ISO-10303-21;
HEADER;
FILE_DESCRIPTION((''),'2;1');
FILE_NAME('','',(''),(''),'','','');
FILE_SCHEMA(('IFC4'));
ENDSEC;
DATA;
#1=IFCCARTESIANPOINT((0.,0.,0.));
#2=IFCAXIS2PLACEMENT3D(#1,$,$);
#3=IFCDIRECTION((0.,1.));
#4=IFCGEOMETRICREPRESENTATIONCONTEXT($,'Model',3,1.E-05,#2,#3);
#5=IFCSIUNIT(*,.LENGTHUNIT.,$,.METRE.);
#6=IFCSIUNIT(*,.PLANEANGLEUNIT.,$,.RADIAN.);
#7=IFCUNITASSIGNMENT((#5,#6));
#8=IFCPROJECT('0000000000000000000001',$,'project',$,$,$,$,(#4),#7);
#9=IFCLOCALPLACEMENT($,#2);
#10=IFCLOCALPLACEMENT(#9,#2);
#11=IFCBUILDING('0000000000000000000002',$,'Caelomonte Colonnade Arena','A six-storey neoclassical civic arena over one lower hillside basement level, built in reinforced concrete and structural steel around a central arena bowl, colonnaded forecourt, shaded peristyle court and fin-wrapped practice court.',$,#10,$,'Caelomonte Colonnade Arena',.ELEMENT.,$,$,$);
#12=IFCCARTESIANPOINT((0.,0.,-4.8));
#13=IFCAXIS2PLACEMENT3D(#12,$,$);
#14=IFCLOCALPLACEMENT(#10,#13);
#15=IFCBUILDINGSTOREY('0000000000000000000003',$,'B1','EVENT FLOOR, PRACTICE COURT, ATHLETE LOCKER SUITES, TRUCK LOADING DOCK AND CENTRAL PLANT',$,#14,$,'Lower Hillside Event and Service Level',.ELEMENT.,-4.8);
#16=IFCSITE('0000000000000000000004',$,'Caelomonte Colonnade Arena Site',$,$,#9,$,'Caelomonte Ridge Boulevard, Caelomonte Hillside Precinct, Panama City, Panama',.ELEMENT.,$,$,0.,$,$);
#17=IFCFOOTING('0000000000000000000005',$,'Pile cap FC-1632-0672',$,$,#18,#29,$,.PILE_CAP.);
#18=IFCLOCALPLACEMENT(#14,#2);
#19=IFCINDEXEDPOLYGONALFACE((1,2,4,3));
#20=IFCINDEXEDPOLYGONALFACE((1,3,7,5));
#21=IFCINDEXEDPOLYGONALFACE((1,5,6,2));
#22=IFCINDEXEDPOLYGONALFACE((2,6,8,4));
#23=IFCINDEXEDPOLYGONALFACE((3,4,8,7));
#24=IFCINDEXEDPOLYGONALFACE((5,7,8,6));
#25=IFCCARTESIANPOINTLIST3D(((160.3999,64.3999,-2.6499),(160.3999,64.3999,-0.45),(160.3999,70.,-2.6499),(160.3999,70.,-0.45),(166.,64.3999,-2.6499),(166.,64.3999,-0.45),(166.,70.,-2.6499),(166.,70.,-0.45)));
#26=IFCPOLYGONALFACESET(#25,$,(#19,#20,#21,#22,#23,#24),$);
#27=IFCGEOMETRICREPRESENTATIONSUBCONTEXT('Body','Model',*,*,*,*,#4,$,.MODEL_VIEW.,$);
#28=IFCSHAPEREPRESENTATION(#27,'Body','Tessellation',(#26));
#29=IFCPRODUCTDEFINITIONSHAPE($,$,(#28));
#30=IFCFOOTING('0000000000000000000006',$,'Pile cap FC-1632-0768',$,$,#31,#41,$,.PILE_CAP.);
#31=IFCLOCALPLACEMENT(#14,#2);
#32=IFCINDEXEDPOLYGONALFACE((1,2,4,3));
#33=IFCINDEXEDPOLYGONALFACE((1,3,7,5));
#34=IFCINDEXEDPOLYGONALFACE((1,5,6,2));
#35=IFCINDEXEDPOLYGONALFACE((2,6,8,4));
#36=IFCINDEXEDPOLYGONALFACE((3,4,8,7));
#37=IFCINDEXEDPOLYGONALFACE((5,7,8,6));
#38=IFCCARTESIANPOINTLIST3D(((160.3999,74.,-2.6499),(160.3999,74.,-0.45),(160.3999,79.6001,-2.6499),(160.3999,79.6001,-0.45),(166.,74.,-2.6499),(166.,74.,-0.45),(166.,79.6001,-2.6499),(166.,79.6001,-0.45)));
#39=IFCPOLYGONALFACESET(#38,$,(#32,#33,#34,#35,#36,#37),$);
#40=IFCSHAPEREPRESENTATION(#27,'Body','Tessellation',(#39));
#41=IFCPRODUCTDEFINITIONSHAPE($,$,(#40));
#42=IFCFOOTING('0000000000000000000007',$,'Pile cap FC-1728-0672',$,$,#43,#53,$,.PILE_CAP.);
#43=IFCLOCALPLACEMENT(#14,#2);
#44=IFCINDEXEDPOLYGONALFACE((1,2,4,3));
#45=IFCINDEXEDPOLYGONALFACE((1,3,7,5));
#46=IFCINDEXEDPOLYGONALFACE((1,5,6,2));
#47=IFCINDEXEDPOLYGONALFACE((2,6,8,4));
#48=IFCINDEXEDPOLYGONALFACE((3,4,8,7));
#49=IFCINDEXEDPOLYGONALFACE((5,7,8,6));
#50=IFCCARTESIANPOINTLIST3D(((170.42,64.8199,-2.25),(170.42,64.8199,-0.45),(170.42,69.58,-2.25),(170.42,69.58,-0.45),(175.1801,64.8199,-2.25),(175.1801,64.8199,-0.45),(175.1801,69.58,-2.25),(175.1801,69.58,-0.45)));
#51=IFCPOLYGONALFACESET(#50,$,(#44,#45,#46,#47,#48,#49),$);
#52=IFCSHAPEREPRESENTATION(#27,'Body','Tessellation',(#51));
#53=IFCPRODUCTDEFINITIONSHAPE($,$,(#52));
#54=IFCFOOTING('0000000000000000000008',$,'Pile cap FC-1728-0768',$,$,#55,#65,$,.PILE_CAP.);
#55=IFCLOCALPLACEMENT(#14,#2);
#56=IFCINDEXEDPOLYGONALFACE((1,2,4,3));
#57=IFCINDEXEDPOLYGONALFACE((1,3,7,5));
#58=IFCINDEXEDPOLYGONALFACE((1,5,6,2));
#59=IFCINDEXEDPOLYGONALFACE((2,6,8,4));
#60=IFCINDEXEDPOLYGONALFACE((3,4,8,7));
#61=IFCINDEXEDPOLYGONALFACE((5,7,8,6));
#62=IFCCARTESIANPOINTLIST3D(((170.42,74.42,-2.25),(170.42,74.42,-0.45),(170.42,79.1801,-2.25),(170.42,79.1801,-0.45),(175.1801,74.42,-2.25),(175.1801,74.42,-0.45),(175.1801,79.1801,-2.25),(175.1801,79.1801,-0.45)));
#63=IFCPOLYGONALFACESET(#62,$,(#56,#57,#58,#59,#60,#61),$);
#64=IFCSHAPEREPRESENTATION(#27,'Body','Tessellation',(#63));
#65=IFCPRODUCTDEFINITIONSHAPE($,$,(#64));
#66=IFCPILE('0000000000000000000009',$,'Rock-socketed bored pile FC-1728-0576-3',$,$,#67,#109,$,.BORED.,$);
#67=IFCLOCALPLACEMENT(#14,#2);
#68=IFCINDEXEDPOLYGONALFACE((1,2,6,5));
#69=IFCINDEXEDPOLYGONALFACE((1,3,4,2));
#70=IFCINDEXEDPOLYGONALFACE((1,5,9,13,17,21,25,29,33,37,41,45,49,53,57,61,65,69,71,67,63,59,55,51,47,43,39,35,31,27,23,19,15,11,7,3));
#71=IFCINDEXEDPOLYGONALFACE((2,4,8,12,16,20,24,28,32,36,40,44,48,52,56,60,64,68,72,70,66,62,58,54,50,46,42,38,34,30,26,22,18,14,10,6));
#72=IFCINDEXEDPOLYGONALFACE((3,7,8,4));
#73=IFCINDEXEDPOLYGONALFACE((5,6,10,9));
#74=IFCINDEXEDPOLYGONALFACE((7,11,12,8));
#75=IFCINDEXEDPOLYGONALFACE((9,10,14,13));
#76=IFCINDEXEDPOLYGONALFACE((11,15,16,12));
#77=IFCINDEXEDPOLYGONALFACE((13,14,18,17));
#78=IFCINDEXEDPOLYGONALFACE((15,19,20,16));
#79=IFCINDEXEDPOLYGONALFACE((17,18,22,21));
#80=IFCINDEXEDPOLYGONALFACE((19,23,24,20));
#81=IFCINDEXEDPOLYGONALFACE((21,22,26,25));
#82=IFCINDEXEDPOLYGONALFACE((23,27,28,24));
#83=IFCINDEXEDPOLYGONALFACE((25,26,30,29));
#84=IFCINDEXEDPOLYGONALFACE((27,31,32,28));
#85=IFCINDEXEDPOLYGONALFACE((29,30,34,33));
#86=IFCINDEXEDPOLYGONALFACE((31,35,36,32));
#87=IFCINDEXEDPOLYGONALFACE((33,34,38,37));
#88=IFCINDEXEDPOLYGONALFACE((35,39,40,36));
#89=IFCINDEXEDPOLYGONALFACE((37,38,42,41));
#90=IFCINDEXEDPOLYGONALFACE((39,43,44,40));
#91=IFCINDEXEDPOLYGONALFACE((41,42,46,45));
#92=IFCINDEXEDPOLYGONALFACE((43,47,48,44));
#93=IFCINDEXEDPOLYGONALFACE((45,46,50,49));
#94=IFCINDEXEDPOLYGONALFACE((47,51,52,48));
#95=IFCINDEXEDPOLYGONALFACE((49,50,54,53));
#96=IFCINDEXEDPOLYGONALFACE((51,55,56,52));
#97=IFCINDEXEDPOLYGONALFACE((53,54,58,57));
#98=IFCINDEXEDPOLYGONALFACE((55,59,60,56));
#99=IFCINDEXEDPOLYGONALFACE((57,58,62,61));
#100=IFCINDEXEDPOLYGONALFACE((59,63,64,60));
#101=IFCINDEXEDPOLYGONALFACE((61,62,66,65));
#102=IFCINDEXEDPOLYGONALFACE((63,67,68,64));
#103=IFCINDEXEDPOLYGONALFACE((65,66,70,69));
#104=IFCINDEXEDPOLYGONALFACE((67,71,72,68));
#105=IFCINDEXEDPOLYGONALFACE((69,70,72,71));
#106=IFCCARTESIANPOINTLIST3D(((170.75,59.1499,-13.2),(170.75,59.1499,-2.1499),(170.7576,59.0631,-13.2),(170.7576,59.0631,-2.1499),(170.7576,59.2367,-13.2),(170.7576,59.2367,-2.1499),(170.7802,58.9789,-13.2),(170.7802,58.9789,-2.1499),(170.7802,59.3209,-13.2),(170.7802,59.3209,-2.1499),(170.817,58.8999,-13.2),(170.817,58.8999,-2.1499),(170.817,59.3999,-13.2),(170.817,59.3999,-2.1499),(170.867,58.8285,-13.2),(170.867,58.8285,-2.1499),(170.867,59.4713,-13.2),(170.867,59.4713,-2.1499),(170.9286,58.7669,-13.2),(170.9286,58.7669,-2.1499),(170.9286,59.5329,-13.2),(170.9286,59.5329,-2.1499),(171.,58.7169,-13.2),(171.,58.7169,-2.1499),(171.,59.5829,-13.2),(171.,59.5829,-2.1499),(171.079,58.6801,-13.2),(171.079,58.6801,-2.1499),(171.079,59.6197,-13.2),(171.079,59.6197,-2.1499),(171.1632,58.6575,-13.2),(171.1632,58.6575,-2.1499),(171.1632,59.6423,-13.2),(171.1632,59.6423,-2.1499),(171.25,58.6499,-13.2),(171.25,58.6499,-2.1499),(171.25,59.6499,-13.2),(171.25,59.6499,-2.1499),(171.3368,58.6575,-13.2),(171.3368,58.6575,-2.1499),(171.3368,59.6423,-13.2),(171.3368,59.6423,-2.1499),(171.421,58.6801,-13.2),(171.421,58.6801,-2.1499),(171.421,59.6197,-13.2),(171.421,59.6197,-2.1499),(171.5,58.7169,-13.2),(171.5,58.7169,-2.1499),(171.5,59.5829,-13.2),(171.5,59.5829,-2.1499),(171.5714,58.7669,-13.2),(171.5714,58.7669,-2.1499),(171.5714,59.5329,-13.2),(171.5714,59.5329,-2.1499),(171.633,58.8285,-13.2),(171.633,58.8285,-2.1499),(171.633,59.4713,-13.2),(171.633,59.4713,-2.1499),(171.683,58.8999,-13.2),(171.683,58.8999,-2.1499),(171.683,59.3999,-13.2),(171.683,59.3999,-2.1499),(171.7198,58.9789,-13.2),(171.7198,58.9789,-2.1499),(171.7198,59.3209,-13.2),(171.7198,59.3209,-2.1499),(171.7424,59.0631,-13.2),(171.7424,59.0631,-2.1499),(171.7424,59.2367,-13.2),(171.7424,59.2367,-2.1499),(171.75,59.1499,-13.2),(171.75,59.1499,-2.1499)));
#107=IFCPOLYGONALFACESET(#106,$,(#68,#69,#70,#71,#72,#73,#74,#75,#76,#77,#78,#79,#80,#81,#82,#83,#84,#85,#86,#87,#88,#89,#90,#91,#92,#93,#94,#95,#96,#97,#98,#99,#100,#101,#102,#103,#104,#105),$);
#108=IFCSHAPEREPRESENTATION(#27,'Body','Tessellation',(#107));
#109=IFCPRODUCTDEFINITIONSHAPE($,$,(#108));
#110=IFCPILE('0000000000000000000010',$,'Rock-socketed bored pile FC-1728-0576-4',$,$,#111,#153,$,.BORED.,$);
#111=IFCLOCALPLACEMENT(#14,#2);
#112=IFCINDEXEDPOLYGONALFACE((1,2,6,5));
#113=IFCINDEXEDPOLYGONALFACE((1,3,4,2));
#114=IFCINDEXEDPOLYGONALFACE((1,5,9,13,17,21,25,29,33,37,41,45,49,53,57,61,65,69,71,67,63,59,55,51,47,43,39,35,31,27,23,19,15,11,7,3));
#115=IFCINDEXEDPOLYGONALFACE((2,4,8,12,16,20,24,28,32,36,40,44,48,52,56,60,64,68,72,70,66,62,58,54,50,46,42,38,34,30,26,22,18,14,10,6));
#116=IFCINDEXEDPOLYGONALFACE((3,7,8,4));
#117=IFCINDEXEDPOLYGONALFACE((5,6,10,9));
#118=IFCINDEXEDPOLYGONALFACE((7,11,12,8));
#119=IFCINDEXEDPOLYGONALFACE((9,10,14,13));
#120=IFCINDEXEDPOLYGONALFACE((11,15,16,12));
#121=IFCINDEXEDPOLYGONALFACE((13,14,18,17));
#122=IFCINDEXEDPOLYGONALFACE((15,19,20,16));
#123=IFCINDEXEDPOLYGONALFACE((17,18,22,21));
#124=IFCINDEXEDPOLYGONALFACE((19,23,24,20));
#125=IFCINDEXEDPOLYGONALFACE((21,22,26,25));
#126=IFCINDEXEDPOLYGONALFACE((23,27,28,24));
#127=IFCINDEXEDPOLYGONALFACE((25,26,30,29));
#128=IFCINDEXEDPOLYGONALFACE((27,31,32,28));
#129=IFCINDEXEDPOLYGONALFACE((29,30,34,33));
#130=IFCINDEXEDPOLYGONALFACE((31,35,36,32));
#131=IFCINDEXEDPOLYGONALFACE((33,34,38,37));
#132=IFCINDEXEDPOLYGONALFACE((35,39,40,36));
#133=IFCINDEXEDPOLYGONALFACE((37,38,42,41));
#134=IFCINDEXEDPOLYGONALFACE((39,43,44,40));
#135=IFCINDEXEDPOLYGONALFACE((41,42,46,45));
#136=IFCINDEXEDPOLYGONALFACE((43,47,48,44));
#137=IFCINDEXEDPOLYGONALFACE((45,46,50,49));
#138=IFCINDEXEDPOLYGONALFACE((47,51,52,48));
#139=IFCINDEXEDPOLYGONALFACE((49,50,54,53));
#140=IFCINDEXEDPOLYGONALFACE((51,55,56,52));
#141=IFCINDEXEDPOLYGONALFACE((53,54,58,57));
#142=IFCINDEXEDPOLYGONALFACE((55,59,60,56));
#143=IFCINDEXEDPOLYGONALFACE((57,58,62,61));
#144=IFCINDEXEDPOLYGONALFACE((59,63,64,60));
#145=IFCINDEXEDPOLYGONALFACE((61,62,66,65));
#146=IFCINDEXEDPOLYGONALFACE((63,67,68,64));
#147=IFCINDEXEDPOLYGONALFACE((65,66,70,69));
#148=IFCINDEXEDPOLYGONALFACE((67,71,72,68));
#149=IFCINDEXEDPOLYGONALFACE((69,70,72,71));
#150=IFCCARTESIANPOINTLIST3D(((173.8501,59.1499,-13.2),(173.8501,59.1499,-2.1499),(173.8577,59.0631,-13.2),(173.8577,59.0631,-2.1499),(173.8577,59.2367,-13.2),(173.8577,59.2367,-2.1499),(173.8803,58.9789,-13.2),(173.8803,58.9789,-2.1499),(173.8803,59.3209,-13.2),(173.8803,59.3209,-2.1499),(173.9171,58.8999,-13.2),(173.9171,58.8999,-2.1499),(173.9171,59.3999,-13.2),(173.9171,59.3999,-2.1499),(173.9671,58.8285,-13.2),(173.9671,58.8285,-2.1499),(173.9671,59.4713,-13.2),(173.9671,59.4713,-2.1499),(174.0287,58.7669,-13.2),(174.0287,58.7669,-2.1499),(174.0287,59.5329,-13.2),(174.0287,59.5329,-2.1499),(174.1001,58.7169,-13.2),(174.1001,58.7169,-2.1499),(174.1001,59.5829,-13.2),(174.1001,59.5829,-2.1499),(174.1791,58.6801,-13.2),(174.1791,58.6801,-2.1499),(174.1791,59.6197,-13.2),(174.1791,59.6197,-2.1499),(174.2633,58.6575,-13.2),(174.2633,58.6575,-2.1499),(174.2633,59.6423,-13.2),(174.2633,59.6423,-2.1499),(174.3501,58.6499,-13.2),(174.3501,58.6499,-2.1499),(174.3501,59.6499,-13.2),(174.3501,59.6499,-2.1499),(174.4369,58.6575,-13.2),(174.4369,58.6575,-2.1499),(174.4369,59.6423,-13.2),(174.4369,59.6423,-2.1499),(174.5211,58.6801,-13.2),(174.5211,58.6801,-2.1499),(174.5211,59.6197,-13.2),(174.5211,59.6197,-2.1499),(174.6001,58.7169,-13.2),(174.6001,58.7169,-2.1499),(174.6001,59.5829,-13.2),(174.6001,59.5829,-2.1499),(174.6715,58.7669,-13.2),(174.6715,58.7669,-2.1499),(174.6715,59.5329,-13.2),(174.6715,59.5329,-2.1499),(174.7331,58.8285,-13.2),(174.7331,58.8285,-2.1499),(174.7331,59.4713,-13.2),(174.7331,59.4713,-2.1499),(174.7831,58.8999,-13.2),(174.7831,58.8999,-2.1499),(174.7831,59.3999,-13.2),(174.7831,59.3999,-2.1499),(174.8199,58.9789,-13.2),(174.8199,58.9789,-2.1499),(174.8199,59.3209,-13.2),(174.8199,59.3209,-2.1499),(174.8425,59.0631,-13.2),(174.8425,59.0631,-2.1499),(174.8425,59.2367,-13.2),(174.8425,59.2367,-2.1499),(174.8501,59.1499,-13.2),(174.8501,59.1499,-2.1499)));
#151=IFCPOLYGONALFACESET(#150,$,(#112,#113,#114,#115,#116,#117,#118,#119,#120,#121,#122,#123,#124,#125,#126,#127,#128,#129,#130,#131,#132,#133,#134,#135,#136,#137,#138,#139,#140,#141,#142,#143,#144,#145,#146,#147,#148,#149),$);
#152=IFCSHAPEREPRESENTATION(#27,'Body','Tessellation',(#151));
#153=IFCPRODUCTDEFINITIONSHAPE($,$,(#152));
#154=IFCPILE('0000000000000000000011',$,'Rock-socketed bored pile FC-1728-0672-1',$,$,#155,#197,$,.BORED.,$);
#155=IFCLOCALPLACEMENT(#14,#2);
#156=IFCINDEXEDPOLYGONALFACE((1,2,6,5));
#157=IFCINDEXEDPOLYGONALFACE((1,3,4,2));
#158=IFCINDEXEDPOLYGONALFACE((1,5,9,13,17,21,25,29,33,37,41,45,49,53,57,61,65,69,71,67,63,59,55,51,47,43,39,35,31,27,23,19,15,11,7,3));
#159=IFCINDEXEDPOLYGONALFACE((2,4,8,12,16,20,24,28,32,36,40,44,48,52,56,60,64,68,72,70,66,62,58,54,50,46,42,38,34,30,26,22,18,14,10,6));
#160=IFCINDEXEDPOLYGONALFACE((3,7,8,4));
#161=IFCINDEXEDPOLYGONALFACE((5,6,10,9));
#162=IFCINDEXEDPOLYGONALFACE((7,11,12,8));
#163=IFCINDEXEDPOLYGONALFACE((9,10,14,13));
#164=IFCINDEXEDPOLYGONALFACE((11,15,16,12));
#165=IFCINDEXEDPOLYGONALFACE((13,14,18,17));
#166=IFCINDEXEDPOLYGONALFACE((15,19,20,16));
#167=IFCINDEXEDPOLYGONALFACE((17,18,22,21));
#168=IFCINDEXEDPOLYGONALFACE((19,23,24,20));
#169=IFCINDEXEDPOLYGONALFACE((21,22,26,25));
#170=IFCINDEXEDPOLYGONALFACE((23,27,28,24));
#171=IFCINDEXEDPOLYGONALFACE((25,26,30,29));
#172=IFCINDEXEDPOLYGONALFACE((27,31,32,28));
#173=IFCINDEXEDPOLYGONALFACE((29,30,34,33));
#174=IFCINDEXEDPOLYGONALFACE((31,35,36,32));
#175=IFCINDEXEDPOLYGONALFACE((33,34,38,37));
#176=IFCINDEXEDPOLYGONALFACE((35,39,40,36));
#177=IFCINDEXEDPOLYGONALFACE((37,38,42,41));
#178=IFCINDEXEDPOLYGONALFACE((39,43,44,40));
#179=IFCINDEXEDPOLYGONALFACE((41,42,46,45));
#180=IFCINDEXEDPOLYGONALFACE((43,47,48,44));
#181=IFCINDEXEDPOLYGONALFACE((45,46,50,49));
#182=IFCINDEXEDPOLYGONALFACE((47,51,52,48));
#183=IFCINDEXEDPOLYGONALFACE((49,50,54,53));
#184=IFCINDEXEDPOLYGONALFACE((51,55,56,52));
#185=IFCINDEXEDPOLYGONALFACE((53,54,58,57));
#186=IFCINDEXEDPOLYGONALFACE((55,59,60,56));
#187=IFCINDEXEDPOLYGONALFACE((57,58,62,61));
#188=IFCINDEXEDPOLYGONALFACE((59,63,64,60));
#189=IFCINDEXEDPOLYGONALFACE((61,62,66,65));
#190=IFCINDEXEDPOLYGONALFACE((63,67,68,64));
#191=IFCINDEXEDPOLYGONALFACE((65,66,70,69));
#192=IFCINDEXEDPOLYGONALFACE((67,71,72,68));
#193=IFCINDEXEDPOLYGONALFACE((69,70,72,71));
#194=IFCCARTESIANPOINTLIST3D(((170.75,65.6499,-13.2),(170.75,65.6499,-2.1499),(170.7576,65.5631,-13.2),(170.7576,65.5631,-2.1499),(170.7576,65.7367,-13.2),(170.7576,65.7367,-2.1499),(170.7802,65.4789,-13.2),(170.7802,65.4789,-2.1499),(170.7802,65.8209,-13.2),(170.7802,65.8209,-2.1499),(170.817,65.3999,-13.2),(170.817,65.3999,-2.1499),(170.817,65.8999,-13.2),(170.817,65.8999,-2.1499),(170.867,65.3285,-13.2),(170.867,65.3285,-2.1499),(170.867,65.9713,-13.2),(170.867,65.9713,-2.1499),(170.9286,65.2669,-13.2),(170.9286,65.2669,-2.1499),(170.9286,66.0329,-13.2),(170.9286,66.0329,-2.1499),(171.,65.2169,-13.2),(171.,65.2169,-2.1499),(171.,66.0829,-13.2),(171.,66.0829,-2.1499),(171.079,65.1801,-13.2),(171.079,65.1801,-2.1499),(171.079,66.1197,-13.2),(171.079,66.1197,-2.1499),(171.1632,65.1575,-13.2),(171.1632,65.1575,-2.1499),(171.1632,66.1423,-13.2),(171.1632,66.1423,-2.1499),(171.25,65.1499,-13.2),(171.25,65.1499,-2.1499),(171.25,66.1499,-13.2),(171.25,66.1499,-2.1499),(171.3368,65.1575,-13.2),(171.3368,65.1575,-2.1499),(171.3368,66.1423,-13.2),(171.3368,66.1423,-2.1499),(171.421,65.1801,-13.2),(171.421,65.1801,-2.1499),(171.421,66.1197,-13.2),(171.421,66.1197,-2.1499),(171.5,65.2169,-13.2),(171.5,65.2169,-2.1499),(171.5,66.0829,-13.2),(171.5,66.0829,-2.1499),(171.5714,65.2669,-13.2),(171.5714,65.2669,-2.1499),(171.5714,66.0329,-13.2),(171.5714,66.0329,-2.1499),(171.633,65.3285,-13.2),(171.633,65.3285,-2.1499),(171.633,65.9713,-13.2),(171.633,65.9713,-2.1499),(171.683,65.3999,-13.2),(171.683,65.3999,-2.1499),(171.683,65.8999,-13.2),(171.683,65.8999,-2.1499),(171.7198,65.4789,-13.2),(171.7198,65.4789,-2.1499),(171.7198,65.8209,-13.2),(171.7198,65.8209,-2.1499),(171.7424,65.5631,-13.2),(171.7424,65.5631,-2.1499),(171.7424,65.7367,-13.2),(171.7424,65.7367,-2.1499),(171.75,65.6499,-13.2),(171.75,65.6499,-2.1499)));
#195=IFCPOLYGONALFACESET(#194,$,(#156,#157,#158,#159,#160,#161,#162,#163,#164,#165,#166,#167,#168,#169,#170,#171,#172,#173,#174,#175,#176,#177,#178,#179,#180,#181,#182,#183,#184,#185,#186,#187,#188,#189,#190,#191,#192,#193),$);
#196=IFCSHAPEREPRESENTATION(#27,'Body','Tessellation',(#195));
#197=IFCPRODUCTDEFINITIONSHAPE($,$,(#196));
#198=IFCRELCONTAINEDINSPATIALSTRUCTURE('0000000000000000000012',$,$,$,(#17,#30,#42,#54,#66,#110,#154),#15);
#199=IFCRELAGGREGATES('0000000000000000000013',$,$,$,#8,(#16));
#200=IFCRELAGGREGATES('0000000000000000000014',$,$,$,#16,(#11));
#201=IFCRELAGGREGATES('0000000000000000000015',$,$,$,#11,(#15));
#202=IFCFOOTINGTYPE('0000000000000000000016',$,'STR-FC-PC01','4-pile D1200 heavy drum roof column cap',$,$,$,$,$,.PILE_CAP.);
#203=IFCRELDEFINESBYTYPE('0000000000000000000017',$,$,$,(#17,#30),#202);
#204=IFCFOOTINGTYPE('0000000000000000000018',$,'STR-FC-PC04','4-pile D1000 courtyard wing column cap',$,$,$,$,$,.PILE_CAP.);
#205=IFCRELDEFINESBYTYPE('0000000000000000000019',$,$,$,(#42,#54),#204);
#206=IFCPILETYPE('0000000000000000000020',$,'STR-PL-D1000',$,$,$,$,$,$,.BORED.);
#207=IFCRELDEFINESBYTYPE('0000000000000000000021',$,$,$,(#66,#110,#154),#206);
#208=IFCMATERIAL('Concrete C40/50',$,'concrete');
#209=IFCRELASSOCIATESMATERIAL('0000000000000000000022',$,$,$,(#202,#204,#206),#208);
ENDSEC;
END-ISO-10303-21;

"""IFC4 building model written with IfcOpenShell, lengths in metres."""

from ifc_helpers import new_model, si_unit, direction, frame, origin, origin_2d, place, context, subcontext, project, spatial, rectangle, circle, extrude, material, material_profile, profile_set, type_object, element, save


model = new_model("IFC4")

# Units and contexts
model_context = context("Model", 3, precision=1e-05, world=origin(), true_north=direction((0.0, 1.0)))
body_context = subcontext(model_context, "Body", "Model", "MODEL_VIEW")
ifc_project = project(units=[si_unit("LENGTHUNIT", "METRE"), si_unit("PLANEANGLEUNIT", "RADIAN")], contexts=[model_context])

# Site, building, storey
site_placement = place(None, origin())
site = spatial("IfcSite", under=ifc_project, at=site_placement, Name="Caelomonte Colonnade Arena Site", LongName="Caelomonte Ridge Boulevard, Caelomonte Hillside Precinct, Panama City, Panama", CompositionType="ELEMENT", RefElevation=0.0)
building_placement = place(site_placement, origin())
building = spatial("IfcBuilding", under=site, at=building_placement, Name="Caelomonte Colonnade Arena", Description="A six-storey neoclassical civic arena over one lower hillside basement level, built in reinforced concrete and structural steel around a central arena bowl, colonnaded forecourt, shaded peristyle court and fin-wrapped practice court.", LongName="Caelomonte Colonnade Arena", CompositionType="ELEMENT")
storey_placement = place(building_placement, frame((0.0, 0.0, -4.8)))
storey = spatial("IfcBuildingStorey", under=building, at=storey_placement, Name="B1", Description="EVENT FLOOR, PRACTICE COURT, ATHLETE LOCKER SUITES, TRUCK LOADING DOCK AND CENTRAL PLANT", LongName="Lower Hillside Event and Service Level", CompositionType="ELEMENT", Elevation=-4.8)

# Footings
ifc_material_1 = material(Name="Concrete C40/50", Category="concrete")
footing_type_1 = type_object("IfcFootingType", Name="STR-FC-PC01", Description="4-pile D1200 heavy drum roof column cap", PredefinedType="PILE_CAP", material=ifc_material_1)
for number, where, z_axis, x_axis, name in (
    (1, (163.2, 67.2, -2.6499), (0.0, 0.0, 1.0), (1.0, 0.0, 0.0), "Pile cap FC-1632-0672"),
    (2, (163.2, 76.8, -2.6499), (0.0, 0.0, 1.0), (1.0, 0.0, 0.0), "Pile cap FC-1632-0768"),
):
    element("IfcFooting", number, at=place(storey_placement, frame(where, z_axis=z_axis, x_axis=x_axis)), inside=storey, type_object=footing_type_1, Name=name, PredefinedType="PILE_CAP", context=body_context, shape_type="SweptSolid", body=[
        extrude(rectangle(XDim=5.6001, YDim=5.6001, at=origin_2d()), origin(), (0.0, 0.0, 1.0), 2.2),
    ])
footing_type_2 = type_object("IfcFootingType", Name="STR-FC-PC04", Description="4-pile D1000 courtyard wing column cap", PredefinedType="PILE_CAP", material=ifc_material_1)
for number, where, z_axis, x_axis, name in (
    (3, (172.8, 67.2, -2.25), (0.0, 0.0, 1.0), (1.0, 0.0, 0.0), "Pile cap FC-1728-0672"),
    (4, (172.8, 76.8, -2.25), (0.0, 0.0, 1.0), (1.0, 0.0, 0.0), "Pile cap FC-1728-0768"),
):
    element("IfcFooting", number, at=place(storey_placement, frame(where, z_axis=z_axis, x_axis=x_axis)), inside=storey, type_object=footing_type_2, Name=name, PredefinedType="PILE_CAP", context=body_context, shape_type="SweptSolid", body=[
        extrude(rectangle(XDim=4.76, YDim=4.76, at=origin_2d()), origin(), (0.0, 0.0, 1.0), 1.8),
    ])

# Piles
ifc_material_profile_1 = material_profile(ifc_material_1, circle(Radius=0.5, at=origin_2d()), Name="PILE-D1000")
ifc_profile_set_1 = profile_set([ifc_material_profile_1], Name="Concrete C40/50")
pile_type_1 = type_object("IfcPileType", Name="STR-PL-D1000", PredefinedType="BORED", material=ifc_profile_set_1)
for number, where, z_axis, x_axis, name in (
    (5, (171.25, 59.1499, -2.1499), (0.0, 0.0, -1.0), (1.0, 0.0, 0.0), "Rock-socketed bored pile FC-1728-0576-3"),
    (6, (174.3501, 59.1499, -2.1499), (0.0, 0.0, -1.0), (1.0, 0.0, 0.0), "Rock-socketed bored pile FC-1728-0576-4"),
    (7, (171.25, 65.6499, -2.1499), (0.0, 0.0, -1.0), (1.0, 0.0, 0.0), "Rock-socketed bored pile FC-1728-0672-1"),
):
    element("IfcPile", number, at=place(storey_placement, frame(where, z_axis=z_axis, x_axis=x_axis)), inside=storey, type_object=pile_type_1, Name=name, PredefinedType="BORED", context=body_context, shape_type="SweptSolid", body=[
        extrude(circle(Radius=0.5, at=origin_2d()), origin(), (0.0, 0.0, 1.0), 11.05),
    ])

save(model, "model.ifc")
